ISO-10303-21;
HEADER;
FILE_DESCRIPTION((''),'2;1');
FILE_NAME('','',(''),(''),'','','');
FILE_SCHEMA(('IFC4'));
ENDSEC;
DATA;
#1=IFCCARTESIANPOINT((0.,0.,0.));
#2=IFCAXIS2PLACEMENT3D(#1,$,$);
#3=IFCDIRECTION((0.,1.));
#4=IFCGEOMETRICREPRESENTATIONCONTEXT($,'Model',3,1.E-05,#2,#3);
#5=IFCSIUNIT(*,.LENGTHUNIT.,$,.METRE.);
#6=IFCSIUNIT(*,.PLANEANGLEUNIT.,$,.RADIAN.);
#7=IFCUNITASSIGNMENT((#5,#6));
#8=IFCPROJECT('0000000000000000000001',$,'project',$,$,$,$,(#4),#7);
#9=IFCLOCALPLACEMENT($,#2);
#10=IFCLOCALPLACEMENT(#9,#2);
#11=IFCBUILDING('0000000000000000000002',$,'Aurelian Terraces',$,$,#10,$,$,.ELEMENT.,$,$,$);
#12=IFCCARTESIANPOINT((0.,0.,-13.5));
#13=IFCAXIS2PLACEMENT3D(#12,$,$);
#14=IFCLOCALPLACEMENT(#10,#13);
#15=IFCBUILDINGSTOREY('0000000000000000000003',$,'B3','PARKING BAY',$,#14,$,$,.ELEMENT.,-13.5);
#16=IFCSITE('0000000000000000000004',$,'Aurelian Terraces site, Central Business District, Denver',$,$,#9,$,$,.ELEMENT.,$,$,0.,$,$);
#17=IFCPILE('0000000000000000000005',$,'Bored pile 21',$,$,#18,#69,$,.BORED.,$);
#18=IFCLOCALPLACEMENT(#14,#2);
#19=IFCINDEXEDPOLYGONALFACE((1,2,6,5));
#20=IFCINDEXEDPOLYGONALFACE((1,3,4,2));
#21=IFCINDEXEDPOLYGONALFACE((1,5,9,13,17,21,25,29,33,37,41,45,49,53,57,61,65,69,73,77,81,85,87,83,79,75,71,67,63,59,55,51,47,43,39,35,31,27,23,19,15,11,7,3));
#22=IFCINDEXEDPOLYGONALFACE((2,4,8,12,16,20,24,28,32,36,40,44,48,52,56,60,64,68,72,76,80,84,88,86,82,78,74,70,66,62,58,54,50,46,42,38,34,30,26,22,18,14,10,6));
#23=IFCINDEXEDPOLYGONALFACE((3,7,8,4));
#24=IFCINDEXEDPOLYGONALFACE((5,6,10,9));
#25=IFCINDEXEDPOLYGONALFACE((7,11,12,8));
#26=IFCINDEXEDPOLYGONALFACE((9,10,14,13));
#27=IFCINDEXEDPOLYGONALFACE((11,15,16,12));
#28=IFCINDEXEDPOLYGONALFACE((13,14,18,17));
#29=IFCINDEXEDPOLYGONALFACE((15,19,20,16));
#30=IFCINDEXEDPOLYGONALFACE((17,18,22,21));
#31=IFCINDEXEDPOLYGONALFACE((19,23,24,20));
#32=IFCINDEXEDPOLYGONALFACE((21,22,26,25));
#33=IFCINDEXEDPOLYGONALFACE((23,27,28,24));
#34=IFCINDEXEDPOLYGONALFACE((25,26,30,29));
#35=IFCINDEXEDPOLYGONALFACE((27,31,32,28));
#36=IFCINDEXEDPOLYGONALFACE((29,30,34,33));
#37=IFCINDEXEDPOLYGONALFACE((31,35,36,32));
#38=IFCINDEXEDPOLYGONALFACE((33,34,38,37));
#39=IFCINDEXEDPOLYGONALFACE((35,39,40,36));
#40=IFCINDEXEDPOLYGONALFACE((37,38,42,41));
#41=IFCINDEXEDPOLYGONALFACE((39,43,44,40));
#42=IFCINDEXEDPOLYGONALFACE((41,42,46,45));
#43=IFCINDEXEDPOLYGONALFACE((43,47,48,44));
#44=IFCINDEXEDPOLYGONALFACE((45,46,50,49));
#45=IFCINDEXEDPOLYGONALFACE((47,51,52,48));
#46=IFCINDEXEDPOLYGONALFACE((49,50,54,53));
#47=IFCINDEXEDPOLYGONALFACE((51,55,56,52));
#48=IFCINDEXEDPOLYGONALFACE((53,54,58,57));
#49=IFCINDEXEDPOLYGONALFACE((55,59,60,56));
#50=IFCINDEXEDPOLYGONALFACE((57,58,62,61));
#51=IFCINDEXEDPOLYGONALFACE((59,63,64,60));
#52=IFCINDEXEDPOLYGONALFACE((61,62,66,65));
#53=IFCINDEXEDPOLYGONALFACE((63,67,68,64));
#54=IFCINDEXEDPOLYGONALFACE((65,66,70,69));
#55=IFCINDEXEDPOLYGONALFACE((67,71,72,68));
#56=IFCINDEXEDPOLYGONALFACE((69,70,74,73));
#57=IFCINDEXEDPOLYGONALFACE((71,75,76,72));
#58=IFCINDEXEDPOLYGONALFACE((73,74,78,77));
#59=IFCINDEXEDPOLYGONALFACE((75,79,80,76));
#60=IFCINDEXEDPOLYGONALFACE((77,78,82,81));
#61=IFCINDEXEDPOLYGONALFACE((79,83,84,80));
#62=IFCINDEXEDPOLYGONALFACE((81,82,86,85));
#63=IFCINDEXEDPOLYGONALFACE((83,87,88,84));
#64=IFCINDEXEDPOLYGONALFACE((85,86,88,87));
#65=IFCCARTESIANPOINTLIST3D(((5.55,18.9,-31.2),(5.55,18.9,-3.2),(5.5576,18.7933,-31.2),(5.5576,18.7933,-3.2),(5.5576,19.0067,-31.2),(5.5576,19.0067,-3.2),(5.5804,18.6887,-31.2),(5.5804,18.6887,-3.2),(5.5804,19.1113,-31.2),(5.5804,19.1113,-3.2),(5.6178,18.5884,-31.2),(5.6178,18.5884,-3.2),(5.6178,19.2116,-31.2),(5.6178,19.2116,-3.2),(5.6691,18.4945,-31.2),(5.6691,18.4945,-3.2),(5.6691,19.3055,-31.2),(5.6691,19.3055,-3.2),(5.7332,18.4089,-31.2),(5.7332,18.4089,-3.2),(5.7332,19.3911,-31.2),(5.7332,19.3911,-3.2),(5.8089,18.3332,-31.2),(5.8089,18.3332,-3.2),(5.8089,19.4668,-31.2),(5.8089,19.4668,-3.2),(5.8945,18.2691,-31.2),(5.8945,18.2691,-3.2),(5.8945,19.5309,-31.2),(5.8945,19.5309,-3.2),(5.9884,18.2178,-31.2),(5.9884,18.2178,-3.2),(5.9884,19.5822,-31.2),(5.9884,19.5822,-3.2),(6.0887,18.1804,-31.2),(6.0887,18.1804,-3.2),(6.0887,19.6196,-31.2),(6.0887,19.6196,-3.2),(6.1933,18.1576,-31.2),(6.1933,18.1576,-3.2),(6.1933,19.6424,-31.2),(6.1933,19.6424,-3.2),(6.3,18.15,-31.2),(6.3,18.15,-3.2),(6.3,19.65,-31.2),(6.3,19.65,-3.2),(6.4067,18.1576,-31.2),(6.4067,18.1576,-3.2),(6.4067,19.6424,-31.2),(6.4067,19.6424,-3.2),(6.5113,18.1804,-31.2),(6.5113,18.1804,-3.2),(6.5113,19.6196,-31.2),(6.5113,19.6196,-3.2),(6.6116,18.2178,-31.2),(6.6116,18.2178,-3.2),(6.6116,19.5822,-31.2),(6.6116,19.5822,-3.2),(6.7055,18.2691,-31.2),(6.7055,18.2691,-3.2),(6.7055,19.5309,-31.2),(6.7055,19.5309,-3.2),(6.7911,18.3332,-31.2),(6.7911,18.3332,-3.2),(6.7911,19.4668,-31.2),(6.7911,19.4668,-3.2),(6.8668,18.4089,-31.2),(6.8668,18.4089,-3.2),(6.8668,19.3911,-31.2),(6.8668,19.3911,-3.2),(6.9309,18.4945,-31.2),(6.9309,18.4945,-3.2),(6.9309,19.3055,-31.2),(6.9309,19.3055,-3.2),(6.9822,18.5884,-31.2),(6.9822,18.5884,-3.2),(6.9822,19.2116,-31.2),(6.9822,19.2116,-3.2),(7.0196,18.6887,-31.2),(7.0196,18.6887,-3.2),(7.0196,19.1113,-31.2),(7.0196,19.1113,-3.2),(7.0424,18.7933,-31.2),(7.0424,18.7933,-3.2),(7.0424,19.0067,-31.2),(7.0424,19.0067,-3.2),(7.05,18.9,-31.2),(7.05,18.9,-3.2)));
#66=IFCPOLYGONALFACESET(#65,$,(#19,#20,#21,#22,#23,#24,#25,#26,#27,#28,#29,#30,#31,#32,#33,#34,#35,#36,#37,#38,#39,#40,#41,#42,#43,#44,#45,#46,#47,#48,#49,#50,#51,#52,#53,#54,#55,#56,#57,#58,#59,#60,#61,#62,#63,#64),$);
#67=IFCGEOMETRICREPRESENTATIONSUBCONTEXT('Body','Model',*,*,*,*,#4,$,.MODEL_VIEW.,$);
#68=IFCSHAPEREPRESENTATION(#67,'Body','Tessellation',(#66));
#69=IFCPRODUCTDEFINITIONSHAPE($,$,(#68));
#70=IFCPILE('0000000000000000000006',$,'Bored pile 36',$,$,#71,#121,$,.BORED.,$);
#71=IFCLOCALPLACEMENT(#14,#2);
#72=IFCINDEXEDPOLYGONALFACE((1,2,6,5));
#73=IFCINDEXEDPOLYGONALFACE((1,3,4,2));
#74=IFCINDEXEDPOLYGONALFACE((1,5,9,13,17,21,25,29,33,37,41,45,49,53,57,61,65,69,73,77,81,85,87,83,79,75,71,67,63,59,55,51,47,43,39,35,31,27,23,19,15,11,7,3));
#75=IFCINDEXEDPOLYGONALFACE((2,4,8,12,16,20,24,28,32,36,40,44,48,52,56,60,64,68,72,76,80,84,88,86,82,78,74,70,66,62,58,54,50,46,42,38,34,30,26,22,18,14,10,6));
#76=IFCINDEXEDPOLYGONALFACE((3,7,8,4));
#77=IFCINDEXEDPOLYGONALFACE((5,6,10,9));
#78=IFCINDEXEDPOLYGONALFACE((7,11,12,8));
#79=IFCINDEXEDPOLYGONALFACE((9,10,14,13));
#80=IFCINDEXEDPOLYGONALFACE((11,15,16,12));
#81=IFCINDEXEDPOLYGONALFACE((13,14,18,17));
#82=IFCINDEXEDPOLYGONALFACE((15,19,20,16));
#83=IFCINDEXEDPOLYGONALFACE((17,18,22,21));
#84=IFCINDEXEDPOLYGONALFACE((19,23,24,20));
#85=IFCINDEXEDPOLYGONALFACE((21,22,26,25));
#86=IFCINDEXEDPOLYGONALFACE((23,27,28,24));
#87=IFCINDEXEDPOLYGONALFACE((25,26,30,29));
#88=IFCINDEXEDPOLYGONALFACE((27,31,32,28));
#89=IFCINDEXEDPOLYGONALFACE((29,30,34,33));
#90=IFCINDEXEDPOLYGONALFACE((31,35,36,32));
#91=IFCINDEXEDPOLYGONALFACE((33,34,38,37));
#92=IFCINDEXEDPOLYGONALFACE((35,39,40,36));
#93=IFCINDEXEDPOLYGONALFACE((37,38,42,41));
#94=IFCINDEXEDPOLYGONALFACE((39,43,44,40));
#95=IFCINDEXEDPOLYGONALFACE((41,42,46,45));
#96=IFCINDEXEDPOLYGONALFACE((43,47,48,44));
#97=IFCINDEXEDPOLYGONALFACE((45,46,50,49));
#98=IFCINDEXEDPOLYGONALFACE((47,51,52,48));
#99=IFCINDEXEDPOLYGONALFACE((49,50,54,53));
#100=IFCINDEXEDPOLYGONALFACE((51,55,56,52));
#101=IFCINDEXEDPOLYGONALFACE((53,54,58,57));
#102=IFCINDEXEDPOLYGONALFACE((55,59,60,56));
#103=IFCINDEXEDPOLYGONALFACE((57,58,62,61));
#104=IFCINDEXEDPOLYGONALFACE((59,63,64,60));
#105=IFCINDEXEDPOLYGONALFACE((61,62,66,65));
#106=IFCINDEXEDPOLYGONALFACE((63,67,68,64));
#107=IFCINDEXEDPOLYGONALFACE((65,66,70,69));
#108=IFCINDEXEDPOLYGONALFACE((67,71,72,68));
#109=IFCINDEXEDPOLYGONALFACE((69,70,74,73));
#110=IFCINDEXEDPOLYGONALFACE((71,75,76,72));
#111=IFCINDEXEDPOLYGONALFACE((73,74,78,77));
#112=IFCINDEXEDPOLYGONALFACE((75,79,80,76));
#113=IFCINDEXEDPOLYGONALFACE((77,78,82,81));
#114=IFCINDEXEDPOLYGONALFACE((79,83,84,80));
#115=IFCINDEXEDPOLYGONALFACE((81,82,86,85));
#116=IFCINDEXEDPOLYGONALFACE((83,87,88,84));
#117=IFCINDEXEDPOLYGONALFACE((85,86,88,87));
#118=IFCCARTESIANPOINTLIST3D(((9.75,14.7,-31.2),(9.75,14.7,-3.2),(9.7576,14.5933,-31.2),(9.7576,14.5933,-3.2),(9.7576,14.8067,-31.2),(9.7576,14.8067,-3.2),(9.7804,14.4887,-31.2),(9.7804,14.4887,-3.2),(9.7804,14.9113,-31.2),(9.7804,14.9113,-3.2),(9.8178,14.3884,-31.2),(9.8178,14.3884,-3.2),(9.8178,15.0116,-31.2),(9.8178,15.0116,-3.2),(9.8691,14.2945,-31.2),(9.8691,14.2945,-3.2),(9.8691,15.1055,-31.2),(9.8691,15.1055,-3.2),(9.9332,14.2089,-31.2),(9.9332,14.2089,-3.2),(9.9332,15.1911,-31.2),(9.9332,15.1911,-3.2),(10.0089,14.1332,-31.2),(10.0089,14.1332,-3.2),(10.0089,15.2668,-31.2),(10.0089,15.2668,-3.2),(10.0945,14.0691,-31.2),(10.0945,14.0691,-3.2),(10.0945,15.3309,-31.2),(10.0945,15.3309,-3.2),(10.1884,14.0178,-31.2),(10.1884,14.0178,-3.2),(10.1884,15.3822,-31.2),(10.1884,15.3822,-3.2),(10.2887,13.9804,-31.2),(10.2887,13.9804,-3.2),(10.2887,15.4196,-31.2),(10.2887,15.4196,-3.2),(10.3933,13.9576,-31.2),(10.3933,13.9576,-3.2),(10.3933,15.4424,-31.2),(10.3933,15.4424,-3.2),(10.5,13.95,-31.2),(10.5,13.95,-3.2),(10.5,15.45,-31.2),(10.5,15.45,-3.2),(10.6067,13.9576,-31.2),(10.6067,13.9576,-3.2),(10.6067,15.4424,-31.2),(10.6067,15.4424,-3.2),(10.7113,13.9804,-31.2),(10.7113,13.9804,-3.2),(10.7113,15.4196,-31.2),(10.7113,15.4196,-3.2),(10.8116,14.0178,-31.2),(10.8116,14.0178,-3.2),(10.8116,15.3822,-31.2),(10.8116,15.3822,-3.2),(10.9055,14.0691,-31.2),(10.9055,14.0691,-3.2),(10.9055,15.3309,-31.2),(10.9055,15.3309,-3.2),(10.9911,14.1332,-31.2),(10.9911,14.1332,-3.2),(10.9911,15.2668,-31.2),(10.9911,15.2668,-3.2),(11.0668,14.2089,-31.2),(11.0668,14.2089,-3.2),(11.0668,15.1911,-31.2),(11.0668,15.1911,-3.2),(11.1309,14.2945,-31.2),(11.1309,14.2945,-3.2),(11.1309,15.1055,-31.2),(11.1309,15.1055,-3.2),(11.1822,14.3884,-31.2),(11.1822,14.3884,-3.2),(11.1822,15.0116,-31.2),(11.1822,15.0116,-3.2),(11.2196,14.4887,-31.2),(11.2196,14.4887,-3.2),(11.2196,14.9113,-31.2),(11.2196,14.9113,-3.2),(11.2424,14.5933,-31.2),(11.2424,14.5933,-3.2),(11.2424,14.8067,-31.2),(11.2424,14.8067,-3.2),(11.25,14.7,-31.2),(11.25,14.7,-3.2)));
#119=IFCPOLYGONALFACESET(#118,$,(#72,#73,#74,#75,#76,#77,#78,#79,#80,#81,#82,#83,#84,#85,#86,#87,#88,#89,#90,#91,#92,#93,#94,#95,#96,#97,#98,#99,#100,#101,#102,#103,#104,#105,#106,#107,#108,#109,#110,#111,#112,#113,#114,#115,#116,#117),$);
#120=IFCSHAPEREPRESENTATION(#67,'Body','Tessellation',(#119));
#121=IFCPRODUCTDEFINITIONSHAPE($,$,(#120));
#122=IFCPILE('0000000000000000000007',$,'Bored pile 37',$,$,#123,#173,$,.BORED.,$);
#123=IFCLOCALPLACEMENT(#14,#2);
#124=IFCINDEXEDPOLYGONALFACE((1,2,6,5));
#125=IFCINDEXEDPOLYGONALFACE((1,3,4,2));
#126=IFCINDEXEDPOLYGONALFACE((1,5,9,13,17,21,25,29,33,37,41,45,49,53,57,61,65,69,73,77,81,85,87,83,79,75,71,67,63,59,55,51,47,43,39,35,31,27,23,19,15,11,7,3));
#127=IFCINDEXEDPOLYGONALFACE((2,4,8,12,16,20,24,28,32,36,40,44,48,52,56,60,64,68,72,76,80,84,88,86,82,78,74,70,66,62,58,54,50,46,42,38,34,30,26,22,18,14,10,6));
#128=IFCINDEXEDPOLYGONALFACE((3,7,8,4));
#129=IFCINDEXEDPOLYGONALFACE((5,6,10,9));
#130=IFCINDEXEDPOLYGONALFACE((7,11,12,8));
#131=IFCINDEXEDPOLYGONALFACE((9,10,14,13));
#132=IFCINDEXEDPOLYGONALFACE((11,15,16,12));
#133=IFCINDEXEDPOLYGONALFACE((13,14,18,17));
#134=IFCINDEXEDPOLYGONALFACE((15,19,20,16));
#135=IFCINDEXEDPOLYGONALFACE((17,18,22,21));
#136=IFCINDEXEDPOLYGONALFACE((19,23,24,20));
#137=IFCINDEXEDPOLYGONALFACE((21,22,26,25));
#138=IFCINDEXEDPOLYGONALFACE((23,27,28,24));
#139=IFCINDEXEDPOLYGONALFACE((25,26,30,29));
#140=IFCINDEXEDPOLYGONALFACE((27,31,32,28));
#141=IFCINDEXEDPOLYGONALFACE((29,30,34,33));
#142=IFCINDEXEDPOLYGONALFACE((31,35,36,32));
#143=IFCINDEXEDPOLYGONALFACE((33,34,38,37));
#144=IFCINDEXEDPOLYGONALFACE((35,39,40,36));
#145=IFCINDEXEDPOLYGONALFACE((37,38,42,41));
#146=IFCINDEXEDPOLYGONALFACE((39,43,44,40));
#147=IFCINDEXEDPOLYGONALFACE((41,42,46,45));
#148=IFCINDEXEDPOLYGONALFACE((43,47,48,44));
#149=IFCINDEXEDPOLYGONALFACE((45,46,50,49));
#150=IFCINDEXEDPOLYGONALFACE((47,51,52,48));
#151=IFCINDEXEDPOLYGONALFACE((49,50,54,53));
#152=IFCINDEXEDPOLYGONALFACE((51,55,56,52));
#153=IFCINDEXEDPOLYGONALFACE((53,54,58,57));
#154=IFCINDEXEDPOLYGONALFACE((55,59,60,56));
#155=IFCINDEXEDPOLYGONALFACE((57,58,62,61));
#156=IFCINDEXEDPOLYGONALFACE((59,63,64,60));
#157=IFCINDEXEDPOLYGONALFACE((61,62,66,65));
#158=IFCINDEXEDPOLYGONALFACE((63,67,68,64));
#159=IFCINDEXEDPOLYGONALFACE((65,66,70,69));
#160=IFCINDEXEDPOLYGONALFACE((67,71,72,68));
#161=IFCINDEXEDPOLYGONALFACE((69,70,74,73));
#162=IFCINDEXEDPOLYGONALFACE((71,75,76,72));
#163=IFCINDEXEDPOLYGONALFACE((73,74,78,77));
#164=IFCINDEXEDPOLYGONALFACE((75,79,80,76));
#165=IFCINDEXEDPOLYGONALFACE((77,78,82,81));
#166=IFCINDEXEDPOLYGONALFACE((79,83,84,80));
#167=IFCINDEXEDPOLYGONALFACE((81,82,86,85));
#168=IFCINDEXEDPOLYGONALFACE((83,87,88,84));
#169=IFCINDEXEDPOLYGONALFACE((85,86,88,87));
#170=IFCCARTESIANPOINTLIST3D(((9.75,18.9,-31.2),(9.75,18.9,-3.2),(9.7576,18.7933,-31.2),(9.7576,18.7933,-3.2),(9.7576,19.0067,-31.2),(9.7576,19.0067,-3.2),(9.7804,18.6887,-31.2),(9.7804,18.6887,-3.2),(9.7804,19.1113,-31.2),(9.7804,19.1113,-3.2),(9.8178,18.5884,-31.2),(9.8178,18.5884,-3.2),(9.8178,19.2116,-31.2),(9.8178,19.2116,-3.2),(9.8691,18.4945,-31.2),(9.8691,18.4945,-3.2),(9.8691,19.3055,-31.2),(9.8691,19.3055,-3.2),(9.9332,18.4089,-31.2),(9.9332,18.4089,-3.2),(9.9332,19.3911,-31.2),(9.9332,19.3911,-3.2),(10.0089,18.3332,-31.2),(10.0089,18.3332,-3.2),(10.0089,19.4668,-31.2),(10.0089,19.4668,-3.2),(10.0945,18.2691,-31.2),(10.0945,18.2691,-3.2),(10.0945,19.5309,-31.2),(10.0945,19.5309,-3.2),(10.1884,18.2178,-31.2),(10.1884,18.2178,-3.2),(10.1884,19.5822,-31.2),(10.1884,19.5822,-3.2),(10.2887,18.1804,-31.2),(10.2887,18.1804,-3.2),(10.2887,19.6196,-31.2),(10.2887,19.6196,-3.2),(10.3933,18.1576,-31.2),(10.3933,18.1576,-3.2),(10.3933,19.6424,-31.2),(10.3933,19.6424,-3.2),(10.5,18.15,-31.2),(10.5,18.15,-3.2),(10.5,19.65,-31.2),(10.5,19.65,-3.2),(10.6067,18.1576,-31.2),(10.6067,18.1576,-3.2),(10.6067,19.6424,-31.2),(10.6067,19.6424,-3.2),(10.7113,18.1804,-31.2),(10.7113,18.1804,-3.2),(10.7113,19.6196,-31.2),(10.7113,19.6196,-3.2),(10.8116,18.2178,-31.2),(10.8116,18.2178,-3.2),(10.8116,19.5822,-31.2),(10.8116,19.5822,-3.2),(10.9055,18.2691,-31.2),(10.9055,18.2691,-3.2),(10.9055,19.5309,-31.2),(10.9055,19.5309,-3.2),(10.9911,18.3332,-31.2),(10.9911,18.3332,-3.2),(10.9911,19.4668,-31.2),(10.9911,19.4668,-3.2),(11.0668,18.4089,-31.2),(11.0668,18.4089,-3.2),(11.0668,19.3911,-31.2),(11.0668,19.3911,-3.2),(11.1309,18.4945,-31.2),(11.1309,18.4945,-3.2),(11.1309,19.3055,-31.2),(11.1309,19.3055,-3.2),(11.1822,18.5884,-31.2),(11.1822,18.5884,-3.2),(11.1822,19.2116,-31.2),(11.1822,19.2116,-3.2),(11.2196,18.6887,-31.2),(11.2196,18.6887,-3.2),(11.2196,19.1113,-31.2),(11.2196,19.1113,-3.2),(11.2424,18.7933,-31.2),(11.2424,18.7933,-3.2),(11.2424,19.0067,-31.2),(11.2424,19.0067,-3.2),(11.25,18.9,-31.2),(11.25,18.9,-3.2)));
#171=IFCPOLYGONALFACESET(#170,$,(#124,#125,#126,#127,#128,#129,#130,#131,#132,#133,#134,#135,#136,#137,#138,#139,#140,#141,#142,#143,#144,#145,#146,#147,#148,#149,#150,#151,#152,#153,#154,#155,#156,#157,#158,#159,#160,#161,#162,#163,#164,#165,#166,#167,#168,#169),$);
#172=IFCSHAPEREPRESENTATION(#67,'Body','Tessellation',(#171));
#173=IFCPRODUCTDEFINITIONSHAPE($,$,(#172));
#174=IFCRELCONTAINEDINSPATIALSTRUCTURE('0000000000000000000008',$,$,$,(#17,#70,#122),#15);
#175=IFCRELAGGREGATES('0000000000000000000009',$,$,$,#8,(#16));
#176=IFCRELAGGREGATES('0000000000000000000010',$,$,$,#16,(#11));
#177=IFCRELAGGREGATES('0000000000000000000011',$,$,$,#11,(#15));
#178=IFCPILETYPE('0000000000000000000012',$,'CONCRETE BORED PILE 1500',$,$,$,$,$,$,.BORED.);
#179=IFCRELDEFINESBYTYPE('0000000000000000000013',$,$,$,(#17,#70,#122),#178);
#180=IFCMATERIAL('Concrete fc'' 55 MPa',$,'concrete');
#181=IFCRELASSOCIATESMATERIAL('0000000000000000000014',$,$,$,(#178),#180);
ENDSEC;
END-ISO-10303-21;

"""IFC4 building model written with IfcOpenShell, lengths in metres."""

from ifc_helpers import new_model, si_unit, direction, frame, origin, origin_2d, place, context, subcontext, project, spatial, circle, extrude, source, transform, mapped, material, material_profile, profile_set, type_object, element, save


model = new_model("IFC4")

# Units and contexts
model_context = context("Model", 3, precision=1e-05, world=origin(), true_north=direction((0.0, 1.0)))
body_context = subcontext(model_context, "Body", "Model", "MODEL_VIEW")
ifc_project = project(units=[si_unit("LENGTHUNIT", "METRE"), si_unit("PLANEANGLEUNIT", "RADIAN")], contexts=[model_context])

# Site, building, storey
site_placement = place(None, origin())
site = spatial("IfcSite", under=ifc_project, at=site_placement, Name="Aurelian Terraces site, Central Business District, Denver", CompositionType="ELEMENT", RefElevation=0.0)
building_placement = place(site_placement, origin())
building = spatial("IfcBuilding", under=site, at=building_placement, Name="Aurelian Terraces", CompositionType="ELEMENT")
storey_placement = place(building_placement, frame((0.0, 0.0, -13.5)))
storey = spatial("IfcBuildingStorey", under=building, at=storey_placement, Name="B3", Description="PARKING BAY", CompositionType="ELEMENT", Elevation=-13.5)

# Piles
ifc_material_1 = material(Name="Concrete fc' 55 MPa", Category="concrete")
ifc_material_profile = material_profile(ifc_material_1, circle(Radius=0.75, at=origin_2d()))
ifc_profile_set = profile_set([ifc_material_profile], Name="Concrete fc' 55 MPa")
pile_type = type_object("IfcPileType", Name="CONCRETE BORED PILE 1500", PredefinedType="BORED", material=ifc_profile_set)
shared_shape_1 = source(origin(), body_context, "Body", "SweptSolid", [
    extrude(circle(Radius=0.75, at=origin_2d()), origin(), (0.0, 0.0, 1.0), 28.0),
])
for number, where, z_axis, x_axis, name in (
    (1, (6.3, 18.9, -3.2), (0.0, 0.0, -1.0), (1.0, 0.0, 0.0), "Bored pile 21"),
    (2, (10.5, 14.7, -3.2), (0.0, 0.0, -1.0), (1.0, 0.0, 0.0), "Bored pile 36"),
    (3, (10.5, 18.9, -3.2), (0.0, 0.0, -1.0), (1.0, 0.0, 0.0), "Bored pile 37"),
):
    element("IfcPile", number, at=place(storey_placement, frame(where, z_axis=z_axis, x_axis=x_axis)), inside=storey, type_object=pile_type, Name=name, PredefinedType="BORED", context=body_context, shape_type="MappedRepresentation", body=[
        mapped(shared_shape_1, transform((0.0, 0.0, 0.0), scale=1.0)),
    ])

save(model, "model.ifc")
